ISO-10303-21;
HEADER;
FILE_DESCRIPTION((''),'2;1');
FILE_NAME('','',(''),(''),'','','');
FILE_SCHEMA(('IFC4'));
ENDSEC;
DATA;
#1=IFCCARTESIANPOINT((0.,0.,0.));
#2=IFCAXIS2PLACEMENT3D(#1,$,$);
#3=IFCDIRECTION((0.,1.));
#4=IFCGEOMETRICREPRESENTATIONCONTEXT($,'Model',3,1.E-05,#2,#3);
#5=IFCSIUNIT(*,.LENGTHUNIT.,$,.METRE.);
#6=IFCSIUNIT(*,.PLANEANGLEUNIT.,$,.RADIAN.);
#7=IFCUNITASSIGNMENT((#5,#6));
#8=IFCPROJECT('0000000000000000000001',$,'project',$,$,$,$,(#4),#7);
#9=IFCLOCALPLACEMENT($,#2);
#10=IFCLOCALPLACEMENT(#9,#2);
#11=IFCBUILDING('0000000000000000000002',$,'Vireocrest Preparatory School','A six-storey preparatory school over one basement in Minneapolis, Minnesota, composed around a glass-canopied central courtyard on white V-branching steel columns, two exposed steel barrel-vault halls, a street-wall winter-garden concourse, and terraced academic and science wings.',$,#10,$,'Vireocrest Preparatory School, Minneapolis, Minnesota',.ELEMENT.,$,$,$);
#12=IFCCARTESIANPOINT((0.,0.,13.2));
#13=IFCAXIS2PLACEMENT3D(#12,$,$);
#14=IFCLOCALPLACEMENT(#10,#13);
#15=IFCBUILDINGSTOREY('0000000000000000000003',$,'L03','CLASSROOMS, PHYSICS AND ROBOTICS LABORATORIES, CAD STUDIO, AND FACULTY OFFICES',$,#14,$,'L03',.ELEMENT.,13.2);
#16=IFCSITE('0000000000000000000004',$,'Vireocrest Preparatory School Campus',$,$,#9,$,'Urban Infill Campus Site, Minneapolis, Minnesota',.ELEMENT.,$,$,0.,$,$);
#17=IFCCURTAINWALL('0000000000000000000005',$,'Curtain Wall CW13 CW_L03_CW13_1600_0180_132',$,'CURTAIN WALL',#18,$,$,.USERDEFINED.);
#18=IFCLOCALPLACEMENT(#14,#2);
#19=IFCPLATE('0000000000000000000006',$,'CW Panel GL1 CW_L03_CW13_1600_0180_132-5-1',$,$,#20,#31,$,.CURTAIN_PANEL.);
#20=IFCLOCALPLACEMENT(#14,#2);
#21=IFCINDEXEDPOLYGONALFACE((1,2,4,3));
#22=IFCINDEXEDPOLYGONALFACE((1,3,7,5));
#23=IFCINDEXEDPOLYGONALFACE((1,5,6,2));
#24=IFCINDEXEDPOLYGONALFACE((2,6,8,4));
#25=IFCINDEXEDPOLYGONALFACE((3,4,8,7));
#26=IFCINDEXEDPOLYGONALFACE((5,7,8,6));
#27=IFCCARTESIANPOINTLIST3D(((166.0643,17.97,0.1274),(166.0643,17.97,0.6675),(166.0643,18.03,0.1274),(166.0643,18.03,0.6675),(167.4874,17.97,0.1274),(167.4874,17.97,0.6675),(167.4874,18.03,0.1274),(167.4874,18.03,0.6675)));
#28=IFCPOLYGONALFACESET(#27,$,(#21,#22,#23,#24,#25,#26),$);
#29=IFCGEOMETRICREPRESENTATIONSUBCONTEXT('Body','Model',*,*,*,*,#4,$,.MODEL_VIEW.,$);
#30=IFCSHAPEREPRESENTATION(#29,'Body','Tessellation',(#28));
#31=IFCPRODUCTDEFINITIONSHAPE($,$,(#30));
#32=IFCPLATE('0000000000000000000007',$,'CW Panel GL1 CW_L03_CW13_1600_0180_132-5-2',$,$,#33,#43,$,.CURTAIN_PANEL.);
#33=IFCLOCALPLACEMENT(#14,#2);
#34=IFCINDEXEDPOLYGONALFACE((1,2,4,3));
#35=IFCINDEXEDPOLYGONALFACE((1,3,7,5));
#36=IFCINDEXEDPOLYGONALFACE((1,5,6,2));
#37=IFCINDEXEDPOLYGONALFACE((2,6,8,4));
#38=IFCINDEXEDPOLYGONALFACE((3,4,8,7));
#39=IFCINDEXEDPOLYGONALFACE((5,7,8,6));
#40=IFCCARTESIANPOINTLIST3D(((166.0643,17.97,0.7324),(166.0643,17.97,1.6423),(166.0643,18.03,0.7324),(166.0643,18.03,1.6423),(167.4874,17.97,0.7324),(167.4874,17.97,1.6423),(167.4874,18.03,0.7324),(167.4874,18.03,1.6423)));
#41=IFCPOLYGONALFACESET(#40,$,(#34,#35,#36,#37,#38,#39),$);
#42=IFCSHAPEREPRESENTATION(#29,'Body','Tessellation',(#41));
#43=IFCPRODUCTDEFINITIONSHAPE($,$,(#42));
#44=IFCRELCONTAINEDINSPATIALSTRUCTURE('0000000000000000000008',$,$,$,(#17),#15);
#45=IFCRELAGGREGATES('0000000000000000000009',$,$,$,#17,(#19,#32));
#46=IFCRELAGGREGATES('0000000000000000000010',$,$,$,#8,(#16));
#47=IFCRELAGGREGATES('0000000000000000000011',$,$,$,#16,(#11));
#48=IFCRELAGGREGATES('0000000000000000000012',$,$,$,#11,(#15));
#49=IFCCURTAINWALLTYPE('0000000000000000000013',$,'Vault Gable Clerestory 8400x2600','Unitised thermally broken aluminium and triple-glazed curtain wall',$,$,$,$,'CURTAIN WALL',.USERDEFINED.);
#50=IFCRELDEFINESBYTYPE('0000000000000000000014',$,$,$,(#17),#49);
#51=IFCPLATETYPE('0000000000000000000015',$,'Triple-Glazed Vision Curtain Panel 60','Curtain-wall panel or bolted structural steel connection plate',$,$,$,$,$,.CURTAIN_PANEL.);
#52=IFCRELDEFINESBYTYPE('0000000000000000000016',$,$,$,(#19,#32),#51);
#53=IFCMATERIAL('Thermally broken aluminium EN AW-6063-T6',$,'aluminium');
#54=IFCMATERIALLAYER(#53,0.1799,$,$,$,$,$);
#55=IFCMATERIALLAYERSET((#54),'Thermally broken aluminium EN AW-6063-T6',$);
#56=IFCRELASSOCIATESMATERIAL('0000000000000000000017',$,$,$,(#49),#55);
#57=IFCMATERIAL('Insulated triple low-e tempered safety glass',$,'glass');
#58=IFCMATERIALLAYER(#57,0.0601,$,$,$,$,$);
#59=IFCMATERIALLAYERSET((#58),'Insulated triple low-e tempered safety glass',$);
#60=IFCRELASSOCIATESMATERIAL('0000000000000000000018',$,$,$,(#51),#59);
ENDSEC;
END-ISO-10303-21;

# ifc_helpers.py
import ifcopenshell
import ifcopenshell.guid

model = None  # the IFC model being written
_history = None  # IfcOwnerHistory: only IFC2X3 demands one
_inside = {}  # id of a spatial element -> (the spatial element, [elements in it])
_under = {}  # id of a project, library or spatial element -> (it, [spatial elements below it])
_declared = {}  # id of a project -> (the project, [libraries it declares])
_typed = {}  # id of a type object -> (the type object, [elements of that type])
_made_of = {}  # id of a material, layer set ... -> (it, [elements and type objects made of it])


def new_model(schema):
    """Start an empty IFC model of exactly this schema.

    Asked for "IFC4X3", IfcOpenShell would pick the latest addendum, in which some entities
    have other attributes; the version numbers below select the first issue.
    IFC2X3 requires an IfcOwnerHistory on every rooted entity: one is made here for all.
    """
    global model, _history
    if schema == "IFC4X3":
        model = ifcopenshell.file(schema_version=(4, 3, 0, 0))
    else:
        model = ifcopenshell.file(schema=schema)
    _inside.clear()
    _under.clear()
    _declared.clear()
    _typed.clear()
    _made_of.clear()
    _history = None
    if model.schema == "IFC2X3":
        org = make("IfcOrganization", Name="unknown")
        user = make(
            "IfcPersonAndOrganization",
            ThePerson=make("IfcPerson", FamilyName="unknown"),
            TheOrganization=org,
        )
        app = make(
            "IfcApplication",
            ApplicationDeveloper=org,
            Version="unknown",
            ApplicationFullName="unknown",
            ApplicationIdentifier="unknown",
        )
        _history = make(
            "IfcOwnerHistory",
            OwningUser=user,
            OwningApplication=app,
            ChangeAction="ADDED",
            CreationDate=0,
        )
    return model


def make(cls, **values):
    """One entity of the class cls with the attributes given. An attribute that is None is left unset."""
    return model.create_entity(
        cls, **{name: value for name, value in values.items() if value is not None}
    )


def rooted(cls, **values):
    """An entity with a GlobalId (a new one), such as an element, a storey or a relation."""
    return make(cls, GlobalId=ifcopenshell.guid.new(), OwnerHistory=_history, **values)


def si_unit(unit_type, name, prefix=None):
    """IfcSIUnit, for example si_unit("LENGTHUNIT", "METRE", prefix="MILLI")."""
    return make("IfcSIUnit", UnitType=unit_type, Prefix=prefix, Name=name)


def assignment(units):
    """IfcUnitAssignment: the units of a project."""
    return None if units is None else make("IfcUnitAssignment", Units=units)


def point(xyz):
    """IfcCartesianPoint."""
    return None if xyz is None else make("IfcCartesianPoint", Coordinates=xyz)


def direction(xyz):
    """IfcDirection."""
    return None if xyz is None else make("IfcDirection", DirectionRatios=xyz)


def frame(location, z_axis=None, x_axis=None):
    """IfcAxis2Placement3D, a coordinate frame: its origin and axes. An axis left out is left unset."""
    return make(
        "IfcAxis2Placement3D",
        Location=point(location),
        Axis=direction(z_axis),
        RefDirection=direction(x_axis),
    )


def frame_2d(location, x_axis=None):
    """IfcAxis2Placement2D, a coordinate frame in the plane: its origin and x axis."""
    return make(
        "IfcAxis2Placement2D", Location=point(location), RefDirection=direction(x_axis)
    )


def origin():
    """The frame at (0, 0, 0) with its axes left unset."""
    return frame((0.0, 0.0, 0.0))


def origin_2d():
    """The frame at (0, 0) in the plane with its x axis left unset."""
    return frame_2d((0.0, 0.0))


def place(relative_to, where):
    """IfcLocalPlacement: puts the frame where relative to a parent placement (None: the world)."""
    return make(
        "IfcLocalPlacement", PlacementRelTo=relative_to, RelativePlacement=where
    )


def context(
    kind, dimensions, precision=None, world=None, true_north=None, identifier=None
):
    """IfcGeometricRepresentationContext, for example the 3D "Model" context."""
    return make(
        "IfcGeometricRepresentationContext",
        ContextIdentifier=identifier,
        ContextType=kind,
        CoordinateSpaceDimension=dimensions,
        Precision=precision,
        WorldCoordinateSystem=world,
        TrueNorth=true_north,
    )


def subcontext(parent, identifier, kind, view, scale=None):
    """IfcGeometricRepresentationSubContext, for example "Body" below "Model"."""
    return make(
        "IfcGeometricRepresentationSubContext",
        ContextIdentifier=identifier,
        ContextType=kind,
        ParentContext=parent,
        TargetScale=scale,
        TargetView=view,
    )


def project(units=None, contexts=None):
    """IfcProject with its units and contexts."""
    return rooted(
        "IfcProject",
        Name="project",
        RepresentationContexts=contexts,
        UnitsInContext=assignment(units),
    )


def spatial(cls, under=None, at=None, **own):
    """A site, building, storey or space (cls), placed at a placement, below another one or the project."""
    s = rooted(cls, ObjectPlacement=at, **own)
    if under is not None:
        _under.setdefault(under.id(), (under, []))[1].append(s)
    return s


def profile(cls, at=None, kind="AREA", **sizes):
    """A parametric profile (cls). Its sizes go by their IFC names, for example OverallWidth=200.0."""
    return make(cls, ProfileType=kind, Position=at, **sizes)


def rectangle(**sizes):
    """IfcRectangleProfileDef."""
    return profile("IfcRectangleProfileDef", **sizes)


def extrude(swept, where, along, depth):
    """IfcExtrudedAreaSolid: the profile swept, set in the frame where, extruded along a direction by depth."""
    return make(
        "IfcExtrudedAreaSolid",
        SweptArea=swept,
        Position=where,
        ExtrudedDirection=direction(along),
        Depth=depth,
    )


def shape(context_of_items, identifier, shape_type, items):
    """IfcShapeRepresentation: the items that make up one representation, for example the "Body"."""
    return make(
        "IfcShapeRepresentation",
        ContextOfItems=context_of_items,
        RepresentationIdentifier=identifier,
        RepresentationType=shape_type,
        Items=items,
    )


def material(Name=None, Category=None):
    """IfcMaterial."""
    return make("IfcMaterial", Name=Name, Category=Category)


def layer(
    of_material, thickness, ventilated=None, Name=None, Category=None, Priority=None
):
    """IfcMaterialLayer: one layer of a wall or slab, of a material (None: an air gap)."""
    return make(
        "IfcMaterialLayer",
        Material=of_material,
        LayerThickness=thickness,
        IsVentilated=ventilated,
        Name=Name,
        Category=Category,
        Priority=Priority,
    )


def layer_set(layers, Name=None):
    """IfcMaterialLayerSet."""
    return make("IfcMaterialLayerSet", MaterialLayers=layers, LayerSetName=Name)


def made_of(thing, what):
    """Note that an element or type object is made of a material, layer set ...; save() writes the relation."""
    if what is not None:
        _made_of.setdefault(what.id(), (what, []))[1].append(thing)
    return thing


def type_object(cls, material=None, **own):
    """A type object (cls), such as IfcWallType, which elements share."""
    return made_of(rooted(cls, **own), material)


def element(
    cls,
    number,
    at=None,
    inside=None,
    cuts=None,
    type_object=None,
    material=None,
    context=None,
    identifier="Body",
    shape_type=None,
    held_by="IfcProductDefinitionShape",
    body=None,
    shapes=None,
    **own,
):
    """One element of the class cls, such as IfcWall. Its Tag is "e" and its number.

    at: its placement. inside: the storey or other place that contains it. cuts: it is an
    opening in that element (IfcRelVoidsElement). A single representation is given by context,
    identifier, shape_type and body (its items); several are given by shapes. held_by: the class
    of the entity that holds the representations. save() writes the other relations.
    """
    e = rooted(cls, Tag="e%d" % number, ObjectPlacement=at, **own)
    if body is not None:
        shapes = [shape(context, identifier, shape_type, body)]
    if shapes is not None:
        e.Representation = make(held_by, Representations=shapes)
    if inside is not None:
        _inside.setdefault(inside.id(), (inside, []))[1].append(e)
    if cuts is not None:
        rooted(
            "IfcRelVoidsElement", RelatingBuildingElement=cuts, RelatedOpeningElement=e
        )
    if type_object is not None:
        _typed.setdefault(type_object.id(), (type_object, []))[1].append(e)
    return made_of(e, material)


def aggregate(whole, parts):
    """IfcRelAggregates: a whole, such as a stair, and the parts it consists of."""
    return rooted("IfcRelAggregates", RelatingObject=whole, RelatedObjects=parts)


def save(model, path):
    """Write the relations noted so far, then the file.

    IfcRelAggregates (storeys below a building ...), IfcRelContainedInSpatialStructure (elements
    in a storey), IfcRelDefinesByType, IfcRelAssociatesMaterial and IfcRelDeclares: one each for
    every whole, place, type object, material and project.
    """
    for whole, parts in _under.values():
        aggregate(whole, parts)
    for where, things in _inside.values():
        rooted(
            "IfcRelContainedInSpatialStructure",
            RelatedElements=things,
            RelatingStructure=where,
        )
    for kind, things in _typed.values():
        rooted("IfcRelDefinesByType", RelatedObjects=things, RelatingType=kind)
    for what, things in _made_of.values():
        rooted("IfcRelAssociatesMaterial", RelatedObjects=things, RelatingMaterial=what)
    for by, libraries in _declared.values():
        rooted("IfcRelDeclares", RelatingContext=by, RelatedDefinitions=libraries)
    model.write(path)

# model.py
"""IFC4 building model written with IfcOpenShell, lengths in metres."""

from ifc_helpers import new_model, si_unit, direction, frame, origin, origin_2d, place, context, subcontext, project, spatial, rectangle, extrude, material, layer, layer_set, type_object, element, aggregate, save


model = new_model("IFC4")

# Units and contexts
model_context = context("Model", 3, precision=1e-05, world=origin(), true_north=direction((0.0, 1.0)))
body_context = subcontext(model_context, "Body", "Model", "MODEL_VIEW")
ifc_project = project(units=[si_unit("LENGTHUNIT", "METRE"), si_unit("PLANEANGLEUNIT", "RADIAN")], contexts=[model_context])

# Site, building, storey
site_placement = place(None, origin())
site = spatial("IfcSite", under=ifc_project, at=site_placement, Name="Vireocrest Preparatory School Campus", LongName="Urban Infill Campus Site, Minneapolis, Minnesota", CompositionType="ELEMENT", RefElevation=0.0)
building_placement = place(site_placement, origin())
building = spatial("IfcBuilding", under=site, at=building_placement, Name="Vireocrest Preparatory School", Description="A six-storey preparatory school over one basement in Minneapolis, Minnesota, composed around a glass-canopied central courtyard on white V-branching steel columns, two exposed steel barrel-vault halls, a street-wall winter-garden concourse, and terraced academic and science wings.", LongName="Vireocrest Preparatory School, Minneapolis, Minnesota", CompositionType="ELEMENT")
storey_placement = place(building_placement, frame((0.0, 0.0, 13.2)))
storey = spatial("IfcBuildingStorey", under=building, at=storey_placement, Name="L03", Description="CLASSROOMS, PHYSICS AND ROBOTICS LABORATORIES, CAD STUDIO, AND FACULTY OFFICES", LongName="L03", CompositionType="ELEMENT", Elevation=13.2)

# Curtain wall
ifc_material_1 = material(Name="Thermally broken aluminium EN AW-6063-T6", Category="aluminium")
ifc_layer_1 = layer(ifc_material_1, 0.1799)
ifc_layer_set_1 = layer_set([ifc_layer_1], Name="Thermally broken aluminium EN AW-6063-T6")
curtain_wall_type = type_object("IfcCurtainWallType", Name="Vault Gable Clerestory 8400x2600", Description="Unitised thermally broken aluminium and triple-glazed curtain wall", ElementType="CURTAIN WALL", PredefinedType="USERDEFINED", material=ifc_layer_set_1)
curtain_wall_placement = place(storey_placement, origin())
curtain_wall = element("IfcCurtainWall", 1, at=curtain_wall_placement, inside=storey, type_object=curtain_wall_type, Name="Curtain Wall CW13 CW_L03_CW13_1600_0180_132", ObjectType="CURTAIN WALL", PredefinedType="USERDEFINED")

# Plates
ifc_material_2 = material(Name="Insulated triple low-e tempered safety glass", Category="glass")
ifc_layer_2 = layer(ifc_material_2, 0.0601)
ifc_layer_set_2 = layer_set([ifc_layer_2], Name="Insulated triple low-e tempered safety glass")
plate_type_1 = type_object("IfcPlateType", Name="Triple-Glazed Vision Curtain Panel 60", Description="Curtain-wall panel or bolted structural steel connection plate", PredefinedType="CURTAIN_PANEL", material=ifc_layer_set_2)
plate_1_placement = place(storey_placement, frame((166.7759, 18.0, 0.1274), z_axis=(0.0, 0.0, 1.0), x_axis=(1.0, 0.0, 0.0)))
plate_1 = element("IfcPlate", 2, at=plate_1_placement, type_object=plate_type_1, Name="CW Panel GL1 CW_L03_CW13_1600_0180_132-5-1", PredefinedType="CURTAIN_PANEL", context=body_context, shape_type="SweptSolid", body=[
    extrude(rectangle(XDim=1.4231, YDim=0.0601, at=origin_2d()), origin(), (0.0, 0.0, 1.0), 0.54),
])
plate_2_placement = place(storey_placement, frame((166.7759, 18.0, 0.7324), z_axis=(0.0, 0.0, 1.0), x_axis=(1.0, 0.0, 0.0)))
plate_2 = element("IfcPlate", 3, at=plate_2_placement, type_object=plate_type_1, Name="CW Panel GL1 CW_L03_CW13_1600_0180_132-5-2", PredefinedType="CURTAIN_PANEL", context=body_context, shape_type="SweptSolid", body=[
    extrude(rectangle(XDim=1.4231, YDim=0.0601, at=origin_2d()), origin(), (0.0, 0.0, 1.0), 0.9099),
])
aggregate(curtain_wall, [plate_1, plate_2])

save(model, "model.ifc")
